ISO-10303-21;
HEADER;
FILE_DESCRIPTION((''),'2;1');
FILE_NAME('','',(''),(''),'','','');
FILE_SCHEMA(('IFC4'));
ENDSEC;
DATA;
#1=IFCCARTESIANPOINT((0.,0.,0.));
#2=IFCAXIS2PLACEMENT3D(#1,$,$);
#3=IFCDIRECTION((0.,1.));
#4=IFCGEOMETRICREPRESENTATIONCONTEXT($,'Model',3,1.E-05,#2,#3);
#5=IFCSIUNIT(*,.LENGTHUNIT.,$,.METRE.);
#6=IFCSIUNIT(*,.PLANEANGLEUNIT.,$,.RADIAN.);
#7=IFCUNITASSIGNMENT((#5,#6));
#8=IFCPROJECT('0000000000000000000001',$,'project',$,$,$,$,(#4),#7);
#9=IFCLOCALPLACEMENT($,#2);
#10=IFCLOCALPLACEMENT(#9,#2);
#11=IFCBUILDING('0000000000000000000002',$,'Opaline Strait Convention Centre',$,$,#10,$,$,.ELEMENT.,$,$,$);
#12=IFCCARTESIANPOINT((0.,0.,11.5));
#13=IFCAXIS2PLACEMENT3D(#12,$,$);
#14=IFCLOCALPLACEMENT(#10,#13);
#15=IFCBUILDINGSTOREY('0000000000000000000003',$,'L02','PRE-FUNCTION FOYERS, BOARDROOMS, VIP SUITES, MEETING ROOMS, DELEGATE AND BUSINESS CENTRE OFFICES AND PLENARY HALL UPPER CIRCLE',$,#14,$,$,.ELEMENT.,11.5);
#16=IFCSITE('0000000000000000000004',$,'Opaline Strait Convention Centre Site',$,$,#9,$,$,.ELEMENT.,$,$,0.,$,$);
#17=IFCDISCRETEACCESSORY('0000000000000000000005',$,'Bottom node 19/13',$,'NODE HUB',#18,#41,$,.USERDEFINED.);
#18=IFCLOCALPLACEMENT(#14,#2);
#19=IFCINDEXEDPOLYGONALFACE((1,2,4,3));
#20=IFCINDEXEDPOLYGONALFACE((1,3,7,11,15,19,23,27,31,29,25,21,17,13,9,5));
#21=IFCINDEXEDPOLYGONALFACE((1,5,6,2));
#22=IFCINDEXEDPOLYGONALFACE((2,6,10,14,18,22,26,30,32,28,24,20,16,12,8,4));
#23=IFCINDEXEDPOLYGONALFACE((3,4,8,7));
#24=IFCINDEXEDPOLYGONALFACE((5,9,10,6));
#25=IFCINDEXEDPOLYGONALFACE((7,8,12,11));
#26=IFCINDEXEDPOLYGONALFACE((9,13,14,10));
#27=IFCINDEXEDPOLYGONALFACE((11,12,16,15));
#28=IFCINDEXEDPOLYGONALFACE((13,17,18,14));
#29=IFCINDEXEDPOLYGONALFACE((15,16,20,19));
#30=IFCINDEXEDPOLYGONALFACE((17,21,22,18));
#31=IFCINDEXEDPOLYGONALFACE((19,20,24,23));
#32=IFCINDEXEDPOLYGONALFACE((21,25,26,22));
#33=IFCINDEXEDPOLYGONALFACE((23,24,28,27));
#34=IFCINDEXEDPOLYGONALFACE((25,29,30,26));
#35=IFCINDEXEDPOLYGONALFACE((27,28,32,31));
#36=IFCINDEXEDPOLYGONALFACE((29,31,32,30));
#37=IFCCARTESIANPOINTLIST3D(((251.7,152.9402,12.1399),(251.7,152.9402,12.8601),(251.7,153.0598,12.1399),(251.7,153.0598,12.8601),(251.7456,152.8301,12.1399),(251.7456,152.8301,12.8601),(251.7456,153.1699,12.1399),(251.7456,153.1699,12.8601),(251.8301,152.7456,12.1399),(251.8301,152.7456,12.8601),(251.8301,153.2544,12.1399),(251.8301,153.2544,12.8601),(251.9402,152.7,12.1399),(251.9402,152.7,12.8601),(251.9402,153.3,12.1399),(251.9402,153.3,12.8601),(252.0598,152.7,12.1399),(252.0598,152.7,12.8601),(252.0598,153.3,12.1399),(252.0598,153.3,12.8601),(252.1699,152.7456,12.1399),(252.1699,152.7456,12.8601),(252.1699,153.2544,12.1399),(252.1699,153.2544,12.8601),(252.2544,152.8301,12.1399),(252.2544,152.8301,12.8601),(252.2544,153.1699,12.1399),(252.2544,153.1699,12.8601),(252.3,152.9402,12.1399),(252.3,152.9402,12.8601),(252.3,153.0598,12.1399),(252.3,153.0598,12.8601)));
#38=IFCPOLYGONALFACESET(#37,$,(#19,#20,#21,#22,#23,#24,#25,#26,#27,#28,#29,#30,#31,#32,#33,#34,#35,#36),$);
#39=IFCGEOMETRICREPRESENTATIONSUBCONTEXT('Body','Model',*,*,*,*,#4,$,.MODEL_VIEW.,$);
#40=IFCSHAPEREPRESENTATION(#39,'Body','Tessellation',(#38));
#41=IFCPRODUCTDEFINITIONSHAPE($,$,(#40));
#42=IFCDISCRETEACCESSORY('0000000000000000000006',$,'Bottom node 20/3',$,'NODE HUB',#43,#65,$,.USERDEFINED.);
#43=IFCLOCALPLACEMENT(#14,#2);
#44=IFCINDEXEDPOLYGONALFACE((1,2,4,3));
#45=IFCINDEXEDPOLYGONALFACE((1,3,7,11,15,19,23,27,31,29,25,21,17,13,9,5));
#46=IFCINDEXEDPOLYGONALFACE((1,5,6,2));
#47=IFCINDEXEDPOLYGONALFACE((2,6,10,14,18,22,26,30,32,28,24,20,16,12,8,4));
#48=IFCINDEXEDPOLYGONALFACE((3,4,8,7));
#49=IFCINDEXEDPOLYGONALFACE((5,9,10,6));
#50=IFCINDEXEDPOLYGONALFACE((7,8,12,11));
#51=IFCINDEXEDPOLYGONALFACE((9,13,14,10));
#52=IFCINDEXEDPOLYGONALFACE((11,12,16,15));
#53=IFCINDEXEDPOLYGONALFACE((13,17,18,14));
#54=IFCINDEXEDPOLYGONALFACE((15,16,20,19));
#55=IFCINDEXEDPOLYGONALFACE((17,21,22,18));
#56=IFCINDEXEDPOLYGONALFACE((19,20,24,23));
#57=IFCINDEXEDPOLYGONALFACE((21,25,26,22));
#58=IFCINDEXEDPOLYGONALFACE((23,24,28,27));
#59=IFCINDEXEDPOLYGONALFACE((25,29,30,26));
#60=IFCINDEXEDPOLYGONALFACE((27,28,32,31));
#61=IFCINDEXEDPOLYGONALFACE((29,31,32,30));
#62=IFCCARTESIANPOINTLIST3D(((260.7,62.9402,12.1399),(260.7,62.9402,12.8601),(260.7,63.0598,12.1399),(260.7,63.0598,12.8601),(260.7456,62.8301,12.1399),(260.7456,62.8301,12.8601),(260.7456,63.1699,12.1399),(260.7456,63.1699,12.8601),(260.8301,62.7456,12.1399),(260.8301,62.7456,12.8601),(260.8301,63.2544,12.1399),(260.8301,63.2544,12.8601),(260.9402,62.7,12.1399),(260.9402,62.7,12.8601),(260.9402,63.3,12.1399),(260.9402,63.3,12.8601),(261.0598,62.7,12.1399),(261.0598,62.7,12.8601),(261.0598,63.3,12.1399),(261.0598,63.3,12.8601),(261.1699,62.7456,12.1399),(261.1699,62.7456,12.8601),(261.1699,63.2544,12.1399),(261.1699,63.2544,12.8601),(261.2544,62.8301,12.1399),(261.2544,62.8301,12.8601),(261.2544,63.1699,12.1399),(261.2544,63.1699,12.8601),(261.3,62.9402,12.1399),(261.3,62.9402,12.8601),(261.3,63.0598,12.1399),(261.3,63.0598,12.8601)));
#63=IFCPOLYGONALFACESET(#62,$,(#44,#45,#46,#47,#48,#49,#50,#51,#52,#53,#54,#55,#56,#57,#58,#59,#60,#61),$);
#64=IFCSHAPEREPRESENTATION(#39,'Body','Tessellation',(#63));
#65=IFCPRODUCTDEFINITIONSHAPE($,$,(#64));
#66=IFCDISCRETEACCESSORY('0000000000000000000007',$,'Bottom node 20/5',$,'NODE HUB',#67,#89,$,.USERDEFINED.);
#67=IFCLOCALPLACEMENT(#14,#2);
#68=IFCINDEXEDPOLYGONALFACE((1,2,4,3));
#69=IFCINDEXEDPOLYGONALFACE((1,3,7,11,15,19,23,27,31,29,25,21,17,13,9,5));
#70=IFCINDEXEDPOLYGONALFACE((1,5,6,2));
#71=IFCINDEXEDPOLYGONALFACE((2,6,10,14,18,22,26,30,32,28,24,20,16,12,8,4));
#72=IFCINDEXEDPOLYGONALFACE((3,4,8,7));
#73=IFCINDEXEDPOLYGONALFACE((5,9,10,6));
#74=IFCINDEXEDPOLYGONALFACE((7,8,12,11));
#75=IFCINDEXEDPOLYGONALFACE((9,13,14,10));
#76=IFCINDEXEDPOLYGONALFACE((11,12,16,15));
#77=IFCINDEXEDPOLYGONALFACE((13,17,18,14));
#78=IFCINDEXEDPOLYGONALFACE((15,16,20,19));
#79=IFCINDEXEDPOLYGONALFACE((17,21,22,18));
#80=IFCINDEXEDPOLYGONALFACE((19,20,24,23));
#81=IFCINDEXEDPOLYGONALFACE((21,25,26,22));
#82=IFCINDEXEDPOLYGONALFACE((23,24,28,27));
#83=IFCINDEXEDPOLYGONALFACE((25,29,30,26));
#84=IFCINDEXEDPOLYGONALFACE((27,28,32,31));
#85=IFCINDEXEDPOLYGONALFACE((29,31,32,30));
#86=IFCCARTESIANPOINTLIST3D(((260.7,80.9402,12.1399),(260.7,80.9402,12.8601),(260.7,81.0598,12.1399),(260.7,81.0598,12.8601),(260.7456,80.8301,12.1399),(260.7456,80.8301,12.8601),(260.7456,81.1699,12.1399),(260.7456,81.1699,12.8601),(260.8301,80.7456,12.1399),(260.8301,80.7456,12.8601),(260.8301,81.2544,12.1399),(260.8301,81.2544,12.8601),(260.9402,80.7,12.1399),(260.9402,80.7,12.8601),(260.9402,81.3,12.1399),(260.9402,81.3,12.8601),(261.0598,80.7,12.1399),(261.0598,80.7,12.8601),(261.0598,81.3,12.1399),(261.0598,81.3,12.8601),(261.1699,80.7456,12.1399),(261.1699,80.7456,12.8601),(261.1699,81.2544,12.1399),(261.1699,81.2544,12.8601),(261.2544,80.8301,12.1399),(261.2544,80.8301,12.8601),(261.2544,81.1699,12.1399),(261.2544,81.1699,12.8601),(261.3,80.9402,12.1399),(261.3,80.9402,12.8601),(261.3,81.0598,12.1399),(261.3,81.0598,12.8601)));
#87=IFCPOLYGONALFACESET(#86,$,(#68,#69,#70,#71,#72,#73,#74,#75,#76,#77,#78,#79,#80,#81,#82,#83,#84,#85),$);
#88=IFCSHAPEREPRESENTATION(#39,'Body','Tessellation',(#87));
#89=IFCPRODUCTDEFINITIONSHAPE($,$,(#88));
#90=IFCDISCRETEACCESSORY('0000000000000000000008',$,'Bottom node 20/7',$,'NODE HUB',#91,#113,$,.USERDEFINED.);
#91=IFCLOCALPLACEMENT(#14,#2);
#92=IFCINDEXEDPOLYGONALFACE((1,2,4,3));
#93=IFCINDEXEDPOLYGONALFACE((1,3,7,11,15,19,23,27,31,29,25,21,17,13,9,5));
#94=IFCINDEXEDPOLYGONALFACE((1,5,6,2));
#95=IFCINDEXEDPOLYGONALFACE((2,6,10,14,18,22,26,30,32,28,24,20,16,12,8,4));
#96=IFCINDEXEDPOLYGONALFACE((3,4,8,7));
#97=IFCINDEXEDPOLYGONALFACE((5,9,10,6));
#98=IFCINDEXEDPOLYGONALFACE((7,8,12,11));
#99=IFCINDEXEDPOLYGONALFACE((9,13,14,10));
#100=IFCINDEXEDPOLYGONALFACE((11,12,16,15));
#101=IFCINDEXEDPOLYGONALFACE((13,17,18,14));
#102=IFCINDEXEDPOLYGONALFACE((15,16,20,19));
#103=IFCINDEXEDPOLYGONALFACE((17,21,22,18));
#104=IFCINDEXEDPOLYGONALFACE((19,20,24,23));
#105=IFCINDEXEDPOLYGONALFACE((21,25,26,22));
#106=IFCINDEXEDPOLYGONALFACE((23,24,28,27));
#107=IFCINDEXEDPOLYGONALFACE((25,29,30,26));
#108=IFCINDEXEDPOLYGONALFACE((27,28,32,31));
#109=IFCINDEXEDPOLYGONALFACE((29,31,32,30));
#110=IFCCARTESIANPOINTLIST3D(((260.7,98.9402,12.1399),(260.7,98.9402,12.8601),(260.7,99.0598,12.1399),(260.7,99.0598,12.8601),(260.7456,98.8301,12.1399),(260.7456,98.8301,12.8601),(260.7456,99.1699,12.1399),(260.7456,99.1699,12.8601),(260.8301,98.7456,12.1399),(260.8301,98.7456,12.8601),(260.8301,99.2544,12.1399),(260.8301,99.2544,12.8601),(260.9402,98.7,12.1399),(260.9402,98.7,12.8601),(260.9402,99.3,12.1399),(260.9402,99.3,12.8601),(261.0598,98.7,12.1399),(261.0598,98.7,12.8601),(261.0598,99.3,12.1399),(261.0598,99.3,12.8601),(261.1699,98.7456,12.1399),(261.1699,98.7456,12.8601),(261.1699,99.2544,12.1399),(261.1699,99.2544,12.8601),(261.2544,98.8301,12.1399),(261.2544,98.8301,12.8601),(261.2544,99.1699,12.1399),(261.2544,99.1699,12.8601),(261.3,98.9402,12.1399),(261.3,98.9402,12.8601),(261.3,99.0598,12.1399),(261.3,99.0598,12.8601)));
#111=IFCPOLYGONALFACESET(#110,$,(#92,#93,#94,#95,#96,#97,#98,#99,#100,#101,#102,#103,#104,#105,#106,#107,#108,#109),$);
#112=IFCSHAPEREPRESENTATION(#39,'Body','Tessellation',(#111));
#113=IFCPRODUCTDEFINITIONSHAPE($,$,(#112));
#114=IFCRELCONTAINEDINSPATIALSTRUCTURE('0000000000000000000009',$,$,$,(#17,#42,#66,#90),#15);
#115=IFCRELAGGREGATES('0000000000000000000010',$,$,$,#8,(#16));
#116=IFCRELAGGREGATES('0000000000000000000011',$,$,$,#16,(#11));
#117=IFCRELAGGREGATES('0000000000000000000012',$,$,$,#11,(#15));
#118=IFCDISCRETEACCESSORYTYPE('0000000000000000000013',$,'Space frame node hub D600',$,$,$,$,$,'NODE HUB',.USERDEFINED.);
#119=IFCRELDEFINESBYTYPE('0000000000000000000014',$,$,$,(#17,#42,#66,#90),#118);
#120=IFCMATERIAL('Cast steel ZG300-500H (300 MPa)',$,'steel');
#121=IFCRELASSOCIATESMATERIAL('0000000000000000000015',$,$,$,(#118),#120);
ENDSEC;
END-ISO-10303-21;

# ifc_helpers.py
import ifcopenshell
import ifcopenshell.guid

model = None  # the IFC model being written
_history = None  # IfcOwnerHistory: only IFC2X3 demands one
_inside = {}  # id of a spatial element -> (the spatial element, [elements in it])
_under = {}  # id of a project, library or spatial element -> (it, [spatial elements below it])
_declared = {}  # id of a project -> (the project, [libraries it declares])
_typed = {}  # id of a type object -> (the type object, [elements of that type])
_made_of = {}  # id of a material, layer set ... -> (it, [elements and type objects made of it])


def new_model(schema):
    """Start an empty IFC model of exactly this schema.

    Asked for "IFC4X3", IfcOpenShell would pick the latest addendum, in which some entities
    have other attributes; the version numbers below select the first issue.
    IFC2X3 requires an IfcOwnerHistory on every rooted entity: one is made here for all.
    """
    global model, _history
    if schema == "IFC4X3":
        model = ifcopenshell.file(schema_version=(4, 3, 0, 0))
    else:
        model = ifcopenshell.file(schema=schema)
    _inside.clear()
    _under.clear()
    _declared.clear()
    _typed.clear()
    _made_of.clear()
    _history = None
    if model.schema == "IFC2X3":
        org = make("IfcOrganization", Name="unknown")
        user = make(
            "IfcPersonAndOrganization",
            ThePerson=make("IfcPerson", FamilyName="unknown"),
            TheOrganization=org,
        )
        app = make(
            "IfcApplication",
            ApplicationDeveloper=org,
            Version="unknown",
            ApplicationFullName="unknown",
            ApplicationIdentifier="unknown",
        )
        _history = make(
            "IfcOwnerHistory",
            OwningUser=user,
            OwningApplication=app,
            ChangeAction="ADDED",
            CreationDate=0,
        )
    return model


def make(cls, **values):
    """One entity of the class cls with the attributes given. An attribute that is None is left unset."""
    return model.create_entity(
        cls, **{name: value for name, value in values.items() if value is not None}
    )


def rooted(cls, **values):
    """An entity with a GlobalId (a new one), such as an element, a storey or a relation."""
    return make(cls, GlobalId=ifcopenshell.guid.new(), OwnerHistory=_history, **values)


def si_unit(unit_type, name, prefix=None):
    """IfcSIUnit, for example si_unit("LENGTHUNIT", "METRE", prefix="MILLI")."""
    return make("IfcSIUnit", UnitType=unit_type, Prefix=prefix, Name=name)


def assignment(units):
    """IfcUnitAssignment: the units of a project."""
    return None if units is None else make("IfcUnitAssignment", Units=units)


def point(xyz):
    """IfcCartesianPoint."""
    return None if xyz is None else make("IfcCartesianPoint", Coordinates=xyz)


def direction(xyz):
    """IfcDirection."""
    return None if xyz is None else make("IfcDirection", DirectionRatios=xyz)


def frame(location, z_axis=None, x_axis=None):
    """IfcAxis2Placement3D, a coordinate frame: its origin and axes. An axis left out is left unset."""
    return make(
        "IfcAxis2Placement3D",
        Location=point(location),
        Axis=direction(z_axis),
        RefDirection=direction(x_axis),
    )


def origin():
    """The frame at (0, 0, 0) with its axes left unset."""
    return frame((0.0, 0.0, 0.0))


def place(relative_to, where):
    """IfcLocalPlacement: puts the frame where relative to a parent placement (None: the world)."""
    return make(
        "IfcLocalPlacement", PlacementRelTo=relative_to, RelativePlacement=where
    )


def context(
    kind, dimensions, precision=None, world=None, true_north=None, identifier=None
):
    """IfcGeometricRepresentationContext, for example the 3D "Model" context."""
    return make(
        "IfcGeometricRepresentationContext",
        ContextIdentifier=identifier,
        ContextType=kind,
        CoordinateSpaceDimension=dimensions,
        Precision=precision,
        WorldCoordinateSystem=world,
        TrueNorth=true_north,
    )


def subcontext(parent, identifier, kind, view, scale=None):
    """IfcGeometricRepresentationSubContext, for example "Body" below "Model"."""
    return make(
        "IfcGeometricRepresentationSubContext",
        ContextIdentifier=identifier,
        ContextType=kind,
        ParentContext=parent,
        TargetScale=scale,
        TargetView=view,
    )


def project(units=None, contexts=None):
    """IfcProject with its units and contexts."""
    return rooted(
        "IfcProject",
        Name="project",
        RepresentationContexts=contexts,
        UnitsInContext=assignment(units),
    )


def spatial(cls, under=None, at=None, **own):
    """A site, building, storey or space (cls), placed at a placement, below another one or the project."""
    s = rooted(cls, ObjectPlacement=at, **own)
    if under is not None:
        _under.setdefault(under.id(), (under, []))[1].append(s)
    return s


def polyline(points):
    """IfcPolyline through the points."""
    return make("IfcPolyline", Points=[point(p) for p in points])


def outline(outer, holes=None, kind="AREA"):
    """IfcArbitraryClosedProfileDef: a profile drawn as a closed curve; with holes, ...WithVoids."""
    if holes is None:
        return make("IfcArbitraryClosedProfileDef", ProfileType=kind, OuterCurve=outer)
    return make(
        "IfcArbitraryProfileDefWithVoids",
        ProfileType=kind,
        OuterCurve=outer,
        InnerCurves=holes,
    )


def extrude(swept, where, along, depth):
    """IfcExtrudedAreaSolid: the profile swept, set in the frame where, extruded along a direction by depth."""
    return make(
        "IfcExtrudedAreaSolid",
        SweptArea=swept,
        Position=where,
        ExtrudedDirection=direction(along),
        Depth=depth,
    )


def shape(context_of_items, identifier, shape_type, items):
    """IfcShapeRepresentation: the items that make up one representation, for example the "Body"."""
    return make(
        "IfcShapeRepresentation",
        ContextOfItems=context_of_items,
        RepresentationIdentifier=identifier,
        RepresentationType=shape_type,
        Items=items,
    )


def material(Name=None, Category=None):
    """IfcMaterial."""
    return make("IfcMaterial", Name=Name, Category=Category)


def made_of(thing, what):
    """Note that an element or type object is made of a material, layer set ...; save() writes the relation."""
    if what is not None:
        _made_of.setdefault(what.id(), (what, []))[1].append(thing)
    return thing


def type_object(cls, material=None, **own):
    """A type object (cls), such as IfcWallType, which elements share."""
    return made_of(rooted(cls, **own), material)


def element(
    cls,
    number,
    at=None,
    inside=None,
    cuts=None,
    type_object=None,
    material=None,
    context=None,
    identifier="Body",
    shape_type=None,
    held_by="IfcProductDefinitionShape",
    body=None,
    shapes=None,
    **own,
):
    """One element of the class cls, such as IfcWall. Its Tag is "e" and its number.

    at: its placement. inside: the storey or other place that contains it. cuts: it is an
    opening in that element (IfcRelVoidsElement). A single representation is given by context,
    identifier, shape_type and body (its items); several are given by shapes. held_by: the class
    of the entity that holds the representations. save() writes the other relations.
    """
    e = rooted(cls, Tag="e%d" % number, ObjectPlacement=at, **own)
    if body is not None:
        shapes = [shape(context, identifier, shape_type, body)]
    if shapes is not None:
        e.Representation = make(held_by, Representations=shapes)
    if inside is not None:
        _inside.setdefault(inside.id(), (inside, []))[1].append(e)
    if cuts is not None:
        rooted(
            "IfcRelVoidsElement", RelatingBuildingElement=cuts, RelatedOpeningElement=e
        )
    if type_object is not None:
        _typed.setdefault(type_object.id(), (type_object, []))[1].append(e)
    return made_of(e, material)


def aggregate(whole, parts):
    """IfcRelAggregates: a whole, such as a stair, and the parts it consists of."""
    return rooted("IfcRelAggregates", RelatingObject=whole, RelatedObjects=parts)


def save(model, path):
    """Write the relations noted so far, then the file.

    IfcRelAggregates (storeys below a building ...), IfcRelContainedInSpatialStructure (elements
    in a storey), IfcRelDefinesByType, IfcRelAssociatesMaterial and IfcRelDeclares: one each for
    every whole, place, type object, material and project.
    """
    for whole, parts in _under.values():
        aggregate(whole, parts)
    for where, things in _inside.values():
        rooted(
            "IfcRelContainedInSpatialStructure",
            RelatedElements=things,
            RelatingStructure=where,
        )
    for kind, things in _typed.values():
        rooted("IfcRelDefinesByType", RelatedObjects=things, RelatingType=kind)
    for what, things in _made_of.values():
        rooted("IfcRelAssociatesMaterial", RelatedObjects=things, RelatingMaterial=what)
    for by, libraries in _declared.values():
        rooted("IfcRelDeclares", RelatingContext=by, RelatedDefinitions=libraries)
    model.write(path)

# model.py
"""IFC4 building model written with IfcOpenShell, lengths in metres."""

from ifc_helpers import new_model, si_unit, direction, frame, origin, place, context, subcontext, project, spatial, polyline, outline, extrude, material, type_object, element, save


model = new_model("IFC4")

# Units and contexts
model_context = context("Model", 3, precision=1e-05, world=origin(), true_north=direction((0.0, 1.0)))
body_context = subcontext(model_context, "Body", "Model", "MODEL_VIEW")
ifc_project = project(units=[si_unit("LENGTHUNIT", "METRE"), si_unit("PLANEANGLEUNIT", "RADIAN")], contexts=[model_context])

# Site, building, storey
site_placement = place(None, origin())
site = spatial("IfcSite", under=ifc_project, at=site_placement, Name="Opaline Strait Convention Centre Site", CompositionType="ELEMENT", RefElevation=0.0)
building_placement = place(site_placement, origin())
building = spatial("IfcBuilding", under=site, at=building_placement, Name="Opaline Strait Convention Centre", CompositionType="ELEMENT")
storey_placement = place(building_placement, frame((0.0, 0.0, 11.5)))
storey = spatial("IfcBuildingStorey", under=building, at=storey_placement, Name="L02", Description="PRE-FUNCTION FOYERS, BOARDROOMS, VIP SUITES, MEETING ROOMS, DELEGATE AND BUSINESS CENTRE OFFICES AND PLENARY HALL UPPER CIRCLE", CompositionType="ELEMENT", Elevation=11.5)

# Discrete accessories
ifc_material = material(Name="Cast steel ZG300-500H (300 MPa)", Category="steel")
discrete_accessory_type_1 = type_object("IfcDiscreteAccessoryType", Name="Space frame node hub D600", ElementType="NODE HUB", PredefinedType="USERDEFINED", material=ifc_material)
discrete_accessory_1_placement = place(storey_placement, frame((0.0, 0.0, 12.1399)))
element("IfcDiscreteAccessory", 1, at=discrete_accessory_1_placement, inside=storey, type_object=discrete_accessory_type_1, Name="Bottom node 19/13", ObjectType="NODE HUB", PredefinedType="USERDEFINED", context=body_context, shape_type="SweptSolid", body=[
    extrude(outline(polyline([(252.3, 153.0598), (252.2544, 153.1699), (252.1699, 153.2544), (252.0598, 153.3), (251.9402, 153.3), (251.8301, 153.2544), (251.7456, 153.1699), (251.7, 153.0598), (251.7, 152.9402), (251.7456, 152.8301), (251.8301, 152.7456), (251.9402, 152.7), (252.0598, 152.7), (252.1699, 152.7456), (252.2544, 152.8301), (252.3, 152.9402), (252.3, 153.0598)])), origin(), (0.0, 0.0, 1.0), 0.7202),
])
discrete_accessory_2_placement = place(storey_placement, frame((0.0, 0.0, 12.1399)))
element("IfcDiscreteAccessory", 2, at=discrete_accessory_2_placement, inside=storey, type_object=discrete_accessory_type_1, Name="Bottom node 20/3", ObjectType="NODE HUB", PredefinedType="USERDEFINED", context=body_context, shape_type="SweptSolid", body=[
    extrude(outline(polyline([(261.3, 63.0598), (261.2544, 63.1699), (261.1699, 63.2544), (261.0598, 63.3), (260.9402, 63.3), (260.8301, 63.2544), (260.7456, 63.1699), (260.7, 63.0598), (260.7, 62.9402), (260.7456, 62.8301), (260.8301, 62.7456), (260.9402, 62.7), (261.0598, 62.7), (261.1699, 62.7456), (261.2544, 62.8301), (261.3, 62.9402), (261.3, 63.0598)])), origin(), (0.0, 0.0, 1.0), 0.7202),
])
discrete_accessory_3_placement = place(storey_placement, frame((0.0, 0.0, 12.1399)))
element("IfcDiscreteAccessory", 3, at=discrete_accessory_3_placement, inside=storey, type_object=discrete_accessory_type_1, Name="Bottom node 20/5", ObjectType="NODE HUB", PredefinedType="USERDEFINED", context=body_context, shape_type="SweptSolid", body=[
    extrude(outline(polyline([(261.3, 81.0598), (261.2544, 81.1699), (261.1699, 81.2544), (261.0598, 81.3), (260.9402, 81.3), (260.8301, 81.2544), (260.7456, 81.1699), (260.7, 81.0598), (260.7, 80.9402), (260.7456, 80.8301), (260.8301, 80.7456), (260.9402, 80.7), (261.0598, 80.7), (261.1699, 80.7456), (261.2544, 80.8301), (261.3, 80.9402), (261.3, 81.0598)])), origin(), (0.0, 0.0, 1.0), 0.7202),
])
discrete_accessory_4_placement = place(storey_placement, frame((0.0, 0.0, 12.1399)))
element("IfcDiscreteAccessory", 4, at=discrete_accessory_4_placement, inside=storey, type_object=discrete_accessory_type_1, Name="Bottom node 20/7", ObjectType="NODE HUB", PredefinedType="USERDEFINED", context=body_context, shape_type="SweptSolid", body=[
    extrude(outline(polyline([(261.3, 99.0598), (261.2544, 99.1699), (261.1699, 99.2544), (261.0598, 99.3), (260.9402, 99.3), (260.8301, 99.2544), (260.7456, 99.1699), (260.7, 99.0598), (260.7, 98.9402), (260.7456, 98.8301), (260.8301, 98.7456), (260.9402, 98.7), (261.0598, 98.7), (261.1699, 98.7456), (261.2544, 98.8301), (261.3, 98.9402), (261.3, 99.0598)])), origin(), (0.0, 0.0, 1.0), 0.7202),
])

save(model, "model.ifc")
